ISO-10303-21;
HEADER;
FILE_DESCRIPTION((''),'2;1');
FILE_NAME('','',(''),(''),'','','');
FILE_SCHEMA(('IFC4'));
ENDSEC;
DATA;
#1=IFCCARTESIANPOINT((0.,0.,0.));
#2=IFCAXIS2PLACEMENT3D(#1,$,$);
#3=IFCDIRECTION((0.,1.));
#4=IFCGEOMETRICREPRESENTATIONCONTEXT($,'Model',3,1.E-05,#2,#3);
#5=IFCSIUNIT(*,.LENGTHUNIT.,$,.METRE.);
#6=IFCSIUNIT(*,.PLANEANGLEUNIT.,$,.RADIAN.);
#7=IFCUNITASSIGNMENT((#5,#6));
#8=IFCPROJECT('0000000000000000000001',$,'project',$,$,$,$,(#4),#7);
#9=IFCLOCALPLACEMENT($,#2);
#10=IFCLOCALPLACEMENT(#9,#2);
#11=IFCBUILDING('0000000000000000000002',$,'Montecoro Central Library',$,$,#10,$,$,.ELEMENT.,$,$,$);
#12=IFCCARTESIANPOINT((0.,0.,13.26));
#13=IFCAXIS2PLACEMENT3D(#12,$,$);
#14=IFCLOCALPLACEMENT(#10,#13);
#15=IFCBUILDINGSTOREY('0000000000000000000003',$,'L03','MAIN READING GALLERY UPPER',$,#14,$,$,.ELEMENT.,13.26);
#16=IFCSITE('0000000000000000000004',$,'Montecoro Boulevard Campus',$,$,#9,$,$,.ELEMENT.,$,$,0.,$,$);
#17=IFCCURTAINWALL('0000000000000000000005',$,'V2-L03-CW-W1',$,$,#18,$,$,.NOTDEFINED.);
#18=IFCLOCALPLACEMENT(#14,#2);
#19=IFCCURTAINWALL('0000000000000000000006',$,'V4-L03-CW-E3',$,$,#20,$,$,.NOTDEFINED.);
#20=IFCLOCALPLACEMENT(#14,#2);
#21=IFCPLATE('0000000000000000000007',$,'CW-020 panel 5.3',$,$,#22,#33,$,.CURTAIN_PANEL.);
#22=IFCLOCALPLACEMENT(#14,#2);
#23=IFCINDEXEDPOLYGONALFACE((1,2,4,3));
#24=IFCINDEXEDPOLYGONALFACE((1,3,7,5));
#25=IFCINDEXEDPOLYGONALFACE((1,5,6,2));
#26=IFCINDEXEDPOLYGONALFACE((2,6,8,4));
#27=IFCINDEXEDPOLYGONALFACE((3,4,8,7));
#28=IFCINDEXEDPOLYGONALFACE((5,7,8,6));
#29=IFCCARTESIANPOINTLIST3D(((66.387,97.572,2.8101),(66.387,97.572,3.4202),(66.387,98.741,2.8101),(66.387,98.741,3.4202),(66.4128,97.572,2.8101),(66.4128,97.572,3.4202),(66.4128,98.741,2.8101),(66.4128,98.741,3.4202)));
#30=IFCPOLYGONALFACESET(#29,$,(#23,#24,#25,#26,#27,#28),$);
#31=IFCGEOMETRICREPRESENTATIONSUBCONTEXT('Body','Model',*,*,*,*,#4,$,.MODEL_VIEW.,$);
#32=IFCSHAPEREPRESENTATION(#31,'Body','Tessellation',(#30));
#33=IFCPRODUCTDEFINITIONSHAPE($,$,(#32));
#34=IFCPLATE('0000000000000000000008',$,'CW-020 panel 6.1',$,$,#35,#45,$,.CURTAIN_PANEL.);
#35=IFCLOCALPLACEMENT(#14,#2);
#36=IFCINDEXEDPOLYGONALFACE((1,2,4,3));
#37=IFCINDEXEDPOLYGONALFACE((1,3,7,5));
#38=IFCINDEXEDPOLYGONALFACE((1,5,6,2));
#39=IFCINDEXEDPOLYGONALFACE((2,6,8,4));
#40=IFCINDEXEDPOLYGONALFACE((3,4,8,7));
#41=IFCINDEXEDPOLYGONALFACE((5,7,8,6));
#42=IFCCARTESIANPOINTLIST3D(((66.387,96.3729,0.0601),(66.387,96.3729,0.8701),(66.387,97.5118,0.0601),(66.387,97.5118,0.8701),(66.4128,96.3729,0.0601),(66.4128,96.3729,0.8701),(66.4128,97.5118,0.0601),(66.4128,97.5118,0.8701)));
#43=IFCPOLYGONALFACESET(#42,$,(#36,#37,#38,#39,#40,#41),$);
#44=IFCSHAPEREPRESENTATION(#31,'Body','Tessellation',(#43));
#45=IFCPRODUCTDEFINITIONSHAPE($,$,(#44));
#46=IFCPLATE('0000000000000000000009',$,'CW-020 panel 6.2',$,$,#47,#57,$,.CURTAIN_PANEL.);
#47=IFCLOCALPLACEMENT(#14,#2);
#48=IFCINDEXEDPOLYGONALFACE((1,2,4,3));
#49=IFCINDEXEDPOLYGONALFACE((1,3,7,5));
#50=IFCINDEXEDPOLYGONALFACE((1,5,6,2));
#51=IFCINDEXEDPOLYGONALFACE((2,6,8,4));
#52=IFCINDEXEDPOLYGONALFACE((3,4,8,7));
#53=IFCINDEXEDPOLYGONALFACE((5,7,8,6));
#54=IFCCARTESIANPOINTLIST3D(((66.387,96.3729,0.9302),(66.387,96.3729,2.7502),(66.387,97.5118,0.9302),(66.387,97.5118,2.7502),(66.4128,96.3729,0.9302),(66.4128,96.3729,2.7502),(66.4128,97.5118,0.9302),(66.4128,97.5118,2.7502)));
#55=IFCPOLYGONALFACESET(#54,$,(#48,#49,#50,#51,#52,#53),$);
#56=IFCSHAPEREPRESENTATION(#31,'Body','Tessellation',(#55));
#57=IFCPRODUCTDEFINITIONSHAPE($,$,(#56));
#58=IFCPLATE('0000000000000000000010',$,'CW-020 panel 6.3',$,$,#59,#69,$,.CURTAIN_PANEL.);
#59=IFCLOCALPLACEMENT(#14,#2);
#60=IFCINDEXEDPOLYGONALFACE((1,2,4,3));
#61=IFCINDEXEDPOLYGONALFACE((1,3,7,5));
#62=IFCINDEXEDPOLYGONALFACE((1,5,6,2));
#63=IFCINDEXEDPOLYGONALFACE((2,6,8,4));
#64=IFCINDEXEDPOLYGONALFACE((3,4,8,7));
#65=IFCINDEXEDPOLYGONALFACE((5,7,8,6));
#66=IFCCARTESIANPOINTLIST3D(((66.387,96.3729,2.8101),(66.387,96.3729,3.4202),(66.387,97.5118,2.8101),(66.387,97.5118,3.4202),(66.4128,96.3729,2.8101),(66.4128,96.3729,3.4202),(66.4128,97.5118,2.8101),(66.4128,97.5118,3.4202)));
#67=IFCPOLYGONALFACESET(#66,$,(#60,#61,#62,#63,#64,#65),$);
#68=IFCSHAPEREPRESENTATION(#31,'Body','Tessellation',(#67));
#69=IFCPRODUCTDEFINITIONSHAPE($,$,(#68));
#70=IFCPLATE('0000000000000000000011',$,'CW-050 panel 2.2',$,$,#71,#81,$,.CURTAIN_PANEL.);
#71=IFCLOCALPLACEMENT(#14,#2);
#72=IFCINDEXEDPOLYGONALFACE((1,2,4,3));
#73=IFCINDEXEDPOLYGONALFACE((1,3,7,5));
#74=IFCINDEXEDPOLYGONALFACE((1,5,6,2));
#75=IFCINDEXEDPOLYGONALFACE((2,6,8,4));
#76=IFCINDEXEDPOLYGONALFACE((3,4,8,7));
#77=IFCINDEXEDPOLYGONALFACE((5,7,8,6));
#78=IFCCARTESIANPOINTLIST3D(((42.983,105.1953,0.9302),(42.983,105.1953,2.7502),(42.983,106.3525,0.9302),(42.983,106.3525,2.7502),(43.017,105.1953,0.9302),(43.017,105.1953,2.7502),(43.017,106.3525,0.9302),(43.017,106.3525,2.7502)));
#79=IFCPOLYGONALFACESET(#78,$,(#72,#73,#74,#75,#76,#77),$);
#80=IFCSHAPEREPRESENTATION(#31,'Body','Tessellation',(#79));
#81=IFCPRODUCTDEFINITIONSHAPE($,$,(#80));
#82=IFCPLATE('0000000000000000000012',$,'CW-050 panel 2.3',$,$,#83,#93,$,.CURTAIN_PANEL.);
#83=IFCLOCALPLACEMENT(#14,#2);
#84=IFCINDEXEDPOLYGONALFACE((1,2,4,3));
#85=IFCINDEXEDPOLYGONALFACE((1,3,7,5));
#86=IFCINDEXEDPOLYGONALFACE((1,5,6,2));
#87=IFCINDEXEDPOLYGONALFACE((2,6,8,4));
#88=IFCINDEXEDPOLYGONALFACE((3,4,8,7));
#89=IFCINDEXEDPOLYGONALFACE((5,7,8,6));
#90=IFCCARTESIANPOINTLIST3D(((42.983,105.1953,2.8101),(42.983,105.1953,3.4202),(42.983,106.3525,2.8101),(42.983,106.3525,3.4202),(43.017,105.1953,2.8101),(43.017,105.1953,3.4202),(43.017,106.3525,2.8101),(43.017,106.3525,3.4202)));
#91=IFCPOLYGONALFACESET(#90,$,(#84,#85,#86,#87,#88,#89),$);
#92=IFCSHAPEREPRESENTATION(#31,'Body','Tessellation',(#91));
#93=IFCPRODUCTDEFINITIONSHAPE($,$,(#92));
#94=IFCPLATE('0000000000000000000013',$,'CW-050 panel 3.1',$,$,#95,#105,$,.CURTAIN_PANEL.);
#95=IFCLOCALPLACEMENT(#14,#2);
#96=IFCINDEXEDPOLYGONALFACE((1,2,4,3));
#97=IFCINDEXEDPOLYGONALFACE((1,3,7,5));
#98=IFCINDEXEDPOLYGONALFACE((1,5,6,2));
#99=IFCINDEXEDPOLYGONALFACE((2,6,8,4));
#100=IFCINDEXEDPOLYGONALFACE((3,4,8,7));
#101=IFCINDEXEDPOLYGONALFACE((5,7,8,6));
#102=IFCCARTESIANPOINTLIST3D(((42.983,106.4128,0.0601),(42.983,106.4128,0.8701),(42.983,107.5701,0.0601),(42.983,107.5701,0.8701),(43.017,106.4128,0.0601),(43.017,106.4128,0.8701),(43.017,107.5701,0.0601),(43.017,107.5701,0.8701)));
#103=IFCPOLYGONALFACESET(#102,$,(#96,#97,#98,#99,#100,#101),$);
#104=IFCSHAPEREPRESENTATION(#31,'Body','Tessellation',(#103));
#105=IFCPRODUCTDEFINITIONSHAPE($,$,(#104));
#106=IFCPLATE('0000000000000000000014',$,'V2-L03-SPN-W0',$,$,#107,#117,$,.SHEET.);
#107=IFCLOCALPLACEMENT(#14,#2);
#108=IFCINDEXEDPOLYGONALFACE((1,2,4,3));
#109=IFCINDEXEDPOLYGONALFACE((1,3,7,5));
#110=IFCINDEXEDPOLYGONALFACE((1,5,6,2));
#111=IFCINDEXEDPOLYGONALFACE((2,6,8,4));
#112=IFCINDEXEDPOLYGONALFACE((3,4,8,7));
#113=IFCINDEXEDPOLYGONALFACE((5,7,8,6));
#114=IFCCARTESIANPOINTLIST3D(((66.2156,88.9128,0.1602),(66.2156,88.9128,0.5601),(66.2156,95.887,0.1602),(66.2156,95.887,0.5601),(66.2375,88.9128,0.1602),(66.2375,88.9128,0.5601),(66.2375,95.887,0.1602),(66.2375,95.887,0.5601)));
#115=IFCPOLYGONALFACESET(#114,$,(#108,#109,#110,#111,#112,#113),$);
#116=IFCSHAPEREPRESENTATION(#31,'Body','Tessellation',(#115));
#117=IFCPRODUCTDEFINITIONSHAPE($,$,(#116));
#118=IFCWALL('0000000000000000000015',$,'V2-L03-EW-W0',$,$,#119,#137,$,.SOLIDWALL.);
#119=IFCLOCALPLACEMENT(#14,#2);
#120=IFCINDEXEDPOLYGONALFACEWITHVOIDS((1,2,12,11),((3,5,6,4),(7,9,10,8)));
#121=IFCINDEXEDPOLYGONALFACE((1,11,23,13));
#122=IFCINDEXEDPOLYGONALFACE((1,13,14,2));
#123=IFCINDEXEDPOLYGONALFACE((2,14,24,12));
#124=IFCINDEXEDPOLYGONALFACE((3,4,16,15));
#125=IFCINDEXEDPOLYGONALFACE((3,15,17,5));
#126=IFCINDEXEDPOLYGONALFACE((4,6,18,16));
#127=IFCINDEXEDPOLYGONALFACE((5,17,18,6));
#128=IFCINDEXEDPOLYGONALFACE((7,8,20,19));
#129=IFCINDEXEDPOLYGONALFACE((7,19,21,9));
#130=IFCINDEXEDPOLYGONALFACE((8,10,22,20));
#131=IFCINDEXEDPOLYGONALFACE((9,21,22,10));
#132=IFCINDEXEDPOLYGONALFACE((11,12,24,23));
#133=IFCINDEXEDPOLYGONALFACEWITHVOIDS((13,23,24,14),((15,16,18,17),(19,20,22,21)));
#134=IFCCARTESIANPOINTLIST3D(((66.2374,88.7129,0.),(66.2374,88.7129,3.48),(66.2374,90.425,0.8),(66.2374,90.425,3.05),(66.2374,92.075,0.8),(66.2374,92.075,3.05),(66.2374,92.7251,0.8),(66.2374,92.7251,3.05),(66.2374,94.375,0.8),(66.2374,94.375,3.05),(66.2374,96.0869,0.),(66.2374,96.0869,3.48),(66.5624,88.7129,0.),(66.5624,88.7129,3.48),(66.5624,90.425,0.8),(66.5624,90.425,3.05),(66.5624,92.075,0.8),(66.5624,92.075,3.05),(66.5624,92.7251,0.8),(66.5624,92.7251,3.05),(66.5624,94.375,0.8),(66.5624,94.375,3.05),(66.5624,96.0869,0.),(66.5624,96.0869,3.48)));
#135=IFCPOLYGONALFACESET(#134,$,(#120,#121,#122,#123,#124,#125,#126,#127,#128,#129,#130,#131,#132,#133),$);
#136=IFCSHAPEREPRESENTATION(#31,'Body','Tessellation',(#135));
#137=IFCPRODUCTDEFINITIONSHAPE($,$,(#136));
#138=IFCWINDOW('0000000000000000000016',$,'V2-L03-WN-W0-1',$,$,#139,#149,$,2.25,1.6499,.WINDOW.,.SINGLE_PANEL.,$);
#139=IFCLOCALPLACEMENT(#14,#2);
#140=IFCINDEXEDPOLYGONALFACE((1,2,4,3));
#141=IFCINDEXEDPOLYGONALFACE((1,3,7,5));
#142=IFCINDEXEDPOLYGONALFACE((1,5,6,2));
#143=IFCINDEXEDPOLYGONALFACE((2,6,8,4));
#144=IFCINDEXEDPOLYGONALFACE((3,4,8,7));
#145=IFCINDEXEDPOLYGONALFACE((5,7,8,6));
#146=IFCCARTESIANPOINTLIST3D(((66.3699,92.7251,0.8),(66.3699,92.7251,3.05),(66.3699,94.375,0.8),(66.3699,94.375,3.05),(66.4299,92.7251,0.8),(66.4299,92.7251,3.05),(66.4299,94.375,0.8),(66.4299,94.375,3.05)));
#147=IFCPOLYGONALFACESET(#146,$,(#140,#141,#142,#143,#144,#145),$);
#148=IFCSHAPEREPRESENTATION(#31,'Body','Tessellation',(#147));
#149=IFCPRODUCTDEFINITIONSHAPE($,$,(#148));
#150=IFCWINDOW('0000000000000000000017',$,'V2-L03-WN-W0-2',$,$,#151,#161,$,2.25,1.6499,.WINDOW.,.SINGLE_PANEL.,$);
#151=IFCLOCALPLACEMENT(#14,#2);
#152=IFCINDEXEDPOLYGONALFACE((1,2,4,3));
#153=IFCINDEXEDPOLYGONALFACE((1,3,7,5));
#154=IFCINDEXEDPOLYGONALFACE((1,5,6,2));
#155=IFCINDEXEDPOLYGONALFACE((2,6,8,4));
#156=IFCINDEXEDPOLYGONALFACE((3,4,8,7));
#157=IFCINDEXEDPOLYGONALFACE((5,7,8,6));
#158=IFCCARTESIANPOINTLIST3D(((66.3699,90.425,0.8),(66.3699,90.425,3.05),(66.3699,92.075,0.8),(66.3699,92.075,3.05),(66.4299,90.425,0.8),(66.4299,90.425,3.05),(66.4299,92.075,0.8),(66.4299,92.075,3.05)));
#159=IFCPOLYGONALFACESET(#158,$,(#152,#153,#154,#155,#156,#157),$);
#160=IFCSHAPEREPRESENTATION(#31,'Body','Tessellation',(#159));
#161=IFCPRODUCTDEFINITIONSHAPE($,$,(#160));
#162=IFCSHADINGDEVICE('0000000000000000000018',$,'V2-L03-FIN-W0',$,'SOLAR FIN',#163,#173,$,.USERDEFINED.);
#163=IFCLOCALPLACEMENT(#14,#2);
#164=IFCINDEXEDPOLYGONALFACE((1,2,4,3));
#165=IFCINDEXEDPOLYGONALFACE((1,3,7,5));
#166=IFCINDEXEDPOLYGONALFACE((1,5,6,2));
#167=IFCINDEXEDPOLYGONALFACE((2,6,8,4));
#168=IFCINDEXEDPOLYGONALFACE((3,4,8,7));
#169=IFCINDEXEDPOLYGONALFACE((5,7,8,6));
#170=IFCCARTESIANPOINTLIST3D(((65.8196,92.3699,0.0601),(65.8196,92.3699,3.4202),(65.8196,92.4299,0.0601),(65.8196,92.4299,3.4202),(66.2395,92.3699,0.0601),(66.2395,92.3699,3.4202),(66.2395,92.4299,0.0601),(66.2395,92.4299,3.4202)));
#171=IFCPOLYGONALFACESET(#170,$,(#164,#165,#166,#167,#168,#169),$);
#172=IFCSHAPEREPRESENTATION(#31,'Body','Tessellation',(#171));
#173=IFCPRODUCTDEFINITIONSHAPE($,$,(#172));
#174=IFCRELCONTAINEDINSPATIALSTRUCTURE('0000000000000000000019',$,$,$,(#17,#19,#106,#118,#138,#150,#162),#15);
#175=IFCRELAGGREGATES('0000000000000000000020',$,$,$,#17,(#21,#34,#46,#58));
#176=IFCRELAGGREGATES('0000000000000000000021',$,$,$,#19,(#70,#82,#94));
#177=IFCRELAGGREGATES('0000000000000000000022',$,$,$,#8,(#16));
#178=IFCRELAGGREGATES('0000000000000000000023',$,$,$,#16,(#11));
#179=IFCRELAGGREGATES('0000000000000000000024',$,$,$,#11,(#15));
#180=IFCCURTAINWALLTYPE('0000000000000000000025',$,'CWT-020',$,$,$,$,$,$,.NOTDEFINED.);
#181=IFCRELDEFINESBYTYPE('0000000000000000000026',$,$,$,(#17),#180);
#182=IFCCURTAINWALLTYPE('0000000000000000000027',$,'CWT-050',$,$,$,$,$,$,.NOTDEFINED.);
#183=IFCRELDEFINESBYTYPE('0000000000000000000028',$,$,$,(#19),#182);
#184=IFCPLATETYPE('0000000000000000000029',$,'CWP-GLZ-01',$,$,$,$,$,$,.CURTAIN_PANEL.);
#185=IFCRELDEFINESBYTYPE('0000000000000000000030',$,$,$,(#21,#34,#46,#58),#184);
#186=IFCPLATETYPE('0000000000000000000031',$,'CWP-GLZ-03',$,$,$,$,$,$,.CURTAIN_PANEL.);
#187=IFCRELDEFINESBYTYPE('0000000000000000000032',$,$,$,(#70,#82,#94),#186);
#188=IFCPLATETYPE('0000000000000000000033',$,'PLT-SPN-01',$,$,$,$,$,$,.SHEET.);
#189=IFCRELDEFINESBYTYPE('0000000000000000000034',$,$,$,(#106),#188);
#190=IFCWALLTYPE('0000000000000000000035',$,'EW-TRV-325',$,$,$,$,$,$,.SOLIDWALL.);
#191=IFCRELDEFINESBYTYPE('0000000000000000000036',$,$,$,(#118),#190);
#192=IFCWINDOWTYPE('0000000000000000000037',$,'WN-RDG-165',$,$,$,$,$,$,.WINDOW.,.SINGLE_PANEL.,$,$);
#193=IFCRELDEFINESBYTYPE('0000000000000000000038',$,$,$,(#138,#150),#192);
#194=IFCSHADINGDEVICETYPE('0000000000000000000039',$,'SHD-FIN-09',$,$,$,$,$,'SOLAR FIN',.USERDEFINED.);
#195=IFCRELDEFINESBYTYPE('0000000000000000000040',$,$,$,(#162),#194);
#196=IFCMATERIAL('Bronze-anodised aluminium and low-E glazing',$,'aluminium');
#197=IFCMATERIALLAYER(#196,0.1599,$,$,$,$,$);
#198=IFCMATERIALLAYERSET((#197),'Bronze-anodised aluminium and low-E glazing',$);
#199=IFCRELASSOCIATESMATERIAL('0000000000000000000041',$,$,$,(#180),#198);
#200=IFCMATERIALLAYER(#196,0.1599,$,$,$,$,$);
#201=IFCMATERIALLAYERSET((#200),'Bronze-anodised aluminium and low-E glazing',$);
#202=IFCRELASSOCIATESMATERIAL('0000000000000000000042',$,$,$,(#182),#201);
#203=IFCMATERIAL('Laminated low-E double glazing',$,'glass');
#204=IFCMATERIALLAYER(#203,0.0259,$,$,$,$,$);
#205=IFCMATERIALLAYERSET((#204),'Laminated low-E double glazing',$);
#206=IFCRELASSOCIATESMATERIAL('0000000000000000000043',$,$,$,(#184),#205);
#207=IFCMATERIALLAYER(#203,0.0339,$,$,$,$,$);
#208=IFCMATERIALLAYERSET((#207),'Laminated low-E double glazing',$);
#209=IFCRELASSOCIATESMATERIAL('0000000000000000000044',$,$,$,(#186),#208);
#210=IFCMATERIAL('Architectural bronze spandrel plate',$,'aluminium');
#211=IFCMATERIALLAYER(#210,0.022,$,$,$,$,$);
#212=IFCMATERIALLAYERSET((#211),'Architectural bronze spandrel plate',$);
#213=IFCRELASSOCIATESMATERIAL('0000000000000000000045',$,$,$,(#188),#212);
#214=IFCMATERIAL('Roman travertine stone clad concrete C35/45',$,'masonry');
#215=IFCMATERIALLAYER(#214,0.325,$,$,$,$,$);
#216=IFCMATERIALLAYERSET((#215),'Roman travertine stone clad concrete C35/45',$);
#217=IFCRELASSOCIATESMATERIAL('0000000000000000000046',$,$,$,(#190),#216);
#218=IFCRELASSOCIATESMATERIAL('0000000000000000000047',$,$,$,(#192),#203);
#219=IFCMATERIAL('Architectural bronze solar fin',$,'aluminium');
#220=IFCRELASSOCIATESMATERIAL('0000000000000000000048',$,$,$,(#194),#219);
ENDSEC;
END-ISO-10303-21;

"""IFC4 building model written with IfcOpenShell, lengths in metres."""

from ifc_helpers import new_model, si_unit, direction, frame, frame_2d, origin, origin_2d, place, context, subcontext, project, spatial, rectangle, extrude, material, layer, layer_set, type_object, element, fill, aggregate, save


model = new_model("IFC4")

# Units and contexts
model_context = context("Model", 3, precision=1e-05, world=origin(), true_north=direction((0.0, 1.0)))
body_context = subcontext(model_context, "Body", "Model", "MODEL_VIEW")
ifc_project = project(units=[si_unit("LENGTHUNIT", "METRE"), si_unit("PLANEANGLEUNIT", "RADIAN")], contexts=[model_context])

# Site, building, storey
site_placement = place(None, origin())
site = spatial("IfcSite", under=ifc_project, at=site_placement, Name="Montecoro Boulevard Campus", CompositionType="ELEMENT", RefElevation=0.0)
building_placement = place(site_placement, origin())
building = spatial("IfcBuilding", under=site, at=building_placement, Name="Montecoro Central Library", CompositionType="ELEMENT")
storey_placement = place(building_placement, frame((0.0, 0.0, 13.26)))
storey = spatial("IfcBuildingStorey", under=building, at=storey_placement, Name="L03", Description="MAIN READING GALLERY UPPER", CompositionType="ELEMENT", Elevation=13.26)

# Curtain wall
ifc_material_1 = material(Name="Bronze-anodised aluminium and low-E glazing", Category="aluminium")
ifc_layer_1 = layer(ifc_material_1, 0.1599)
ifc_layer_set_1 = layer_set([ifc_layer_1], Name="Bronze-anodised aluminium and low-E glazing")
curtain_wall_type_1 = type_object("IfcCurtainWallType", Name="CWT-020", PredefinedType="NOTDEFINED", material=ifc_layer_set_1)
curtain_wall_1_placement = place(storey_placement, origin())
curtain_wall_1 = element("IfcCurtainWall", 1, at=curtain_wall_1_placement, inside=storey, type_object=curtain_wall_type_1, Name="V2-L03-CW-W1", PredefinedType="NOTDEFINED")

# Curtain wall
ifc_layer_2 = layer(ifc_material_1, 0.1599)
ifc_layer_set_2 = layer_set([ifc_layer_2], Name="Bronze-anodised aluminium and low-E glazing")
curtain_wall_type_2 = type_object("IfcCurtainWallType", Name="CWT-050", PredefinedType="NOTDEFINED", material=ifc_layer_set_2)
curtain_wall_2_placement = place(storey_placement, origin())
curtain_wall_2 = element("IfcCurtainWall", 2, at=curtain_wall_2_placement, inside=storey, type_object=curtain_wall_type_2, Name="V4-L03-CW-E3", PredefinedType="NOTDEFINED")

# Plates
ifc_material_2 = material(Name="Laminated low-E double glazing", Category="glass")
ifc_layer_3 = layer(ifc_material_2, 0.0259)
ifc_layer_set_3 = layer_set([ifc_layer_3], Name="Laminated low-E double glazing")
plate_type_1 = type_object("IfcPlateType", Name="CWP-GLZ-01", PredefinedType="CURTAIN_PANEL", material=ifc_layer_set_3)
plate_1_placement = place(storey_placement, frame((66.3999, 98.1565, 2.8101), z_axis=(0.0, 0.0, 1.0), x_axis=(0.0, -1.0, 0.0)))
plate_1 = element("IfcPlate", 3, at=plate_1_placement, type_object=plate_type_1, Name="CW-020 panel 5.3", PredefinedType="CURTAIN_PANEL", context=body_context, shape_type="SweptSolid", body=[
    extrude(rectangle(XDim=1.1689, YDim=0.0259, at=origin_2d()), origin(), (0.0, 0.0, 1.0), 0.6101),
])
plate_2_placement = place(storey_placement, frame((66.3999, 96.9424, 0.0601), z_axis=(0.0, 0.0, 1.0), x_axis=(0.0, -1.0, 0.0)))
plate_2 = element("IfcPlate", 4, at=plate_2_placement, type_object=plate_type_1, Name="CW-020 panel 6.1", PredefinedType="CURTAIN_PANEL", context=body_context, shape_type="SweptSolid", body=[
    extrude(rectangle(XDim=1.1389, YDim=0.0259, at=origin_2d()), origin(), (0.0, 0.0, 1.0), 0.8101),
])
plate_3_placement = place(storey_placement, frame((66.3999, 96.9424, 0.9302), z_axis=(0.0, 0.0, 1.0), x_axis=(0.0, -1.0, 0.0)))
plate_3 = element("IfcPlate", 5, at=plate_3_placement, type_object=plate_type_1, Name="CW-020 panel 6.2", PredefinedType="CURTAIN_PANEL", context=body_context, shape_type="SweptSolid", body=[
    extrude(rectangle(XDim=1.1389, YDim=0.0259, at=origin_2d()), origin(), (0.0, 0.0, 1.0), 1.8201),
])
plate_4_placement = place(storey_placement, frame((66.3999, 96.9424, 2.8101), z_axis=(0.0, 0.0, 1.0), x_axis=(0.0, -1.0, 0.0)))
plate_4 = element("IfcPlate", 6, at=plate_4_placement, type_object=plate_type_1, Name="CW-020 panel 6.3", PredefinedType="CURTAIN_PANEL", context=body_context, shape_type="SweptSolid", body=[
    extrude(rectangle(XDim=1.1389, YDim=0.0259, at=origin_2d()), origin(), (0.0, 0.0, 1.0), 0.6101),
])
aggregate(curtain_wall_1, [plate_1, plate_2, plate_3, plate_4])
ifc_layer_4 = layer(ifc_material_2, 0.0339)
ifc_layer_set_4 = layer_set([ifc_layer_4], Name="Laminated low-E double glazing")
plate_type_2 = type_object("IfcPlateType", Name="CWP-GLZ-03", PredefinedType="CURTAIN_PANEL", material=ifc_layer_set_4)
plate_5_placement = place(storey_placement, frame((43.0, 105.7739, 0.9302), z_axis=(0.0, 0.0, 1.0), x_axis=(0.0, 1.0, 0.0)))
plate_5 = element("IfcPlate", 7, at=plate_5_placement, type_object=plate_type_2, Name="CW-050 panel 2.2", PredefinedType="CURTAIN_PANEL", context=body_context, shape_type="SweptSolid", body=[
    extrude(rectangle(XDim=1.1572, YDim=0.0339, at=origin_2d()), origin(), (0.0, 0.0, 1.0), 1.8201),
])
plate_6_placement = place(storey_placement, frame((43.0, 105.7739, 2.8101), z_axis=(0.0, 0.0, 1.0), x_axis=(0.0, 1.0, 0.0)))
plate_6 = element("IfcPlate", 8, at=plate_6_placement, type_object=plate_type_2, Name="CW-050 panel 2.3", PredefinedType="CURTAIN_PANEL", context=body_context, shape_type="SweptSolid", body=[
    extrude(rectangle(XDim=1.1572, YDim=0.0339, at=origin_2d()), origin(), (0.0, 0.0, 1.0), 0.6101),
])
plate_7_placement = place(storey_placement, frame((43.0, 106.9915, 0.0601), z_axis=(0.0, 0.0, 1.0), x_axis=(0.0, 1.0, 0.0)))
plate_7 = element("IfcPlate", 9, at=plate_7_placement, type_object=plate_type_2, Name="CW-050 panel 3.1", PredefinedType="CURTAIN_PANEL", context=body_context, shape_type="SweptSolid", body=[
    extrude(rectangle(XDim=1.1572, YDim=0.0339, at=origin_2d()), origin(), (0.0, 0.0, 1.0), 0.8101),
])
aggregate(curtain_wall_2, [plate_5, plate_6, plate_7])
ifc_material_3 = material(Name="Architectural bronze spandrel plate", Category="aluminium")
ifc_layer_5 = layer(ifc_material_3, 0.022)
ifc_layer_set_5 = layer_set([ifc_layer_5], Name="Architectural bronze spandrel plate")
plate_type_3 = type_object("IfcPlateType", Name="PLT-SPN-01", PredefinedType="SHEET", material=ifc_layer_set_5)
plate_8_placement = place(storey_placement, frame((66.2266, 92.3999, 0.1602), z_axis=(0.0, 0.0, 1.0), x_axis=(0.0, -1.0, 0.0)))
element("IfcPlate", 10, at=plate_8_placement, inside=storey, type_object=plate_type_3, Name="V2-L03-SPN-W0", PredefinedType="SHEET", context=body_context, shape_type="SweptSolid", body=[
    extrude(rectangle(XDim=6.9741, YDim=0.022, at=origin_2d()), origin(), (0.0, 0.0, 1.0), 0.3999),
])

# Wall, openings, windows
ifc_material_4 = material(Name="Roman travertine stone clad concrete C35/45", Category="masonry")
ifc_layer_6 = layer(ifc_material_4, 0.325)
ifc_layer_set_6 = layer_set([ifc_layer_6], Name="Roman travertine stone clad concrete C35/45")
wall_type = type_object("IfcWallType", Name="EW-TRV-325", PredefinedType="SOLIDWALL", material=ifc_layer_set_6)
wall_placement = place(storey_placement, frame((66.3999, 96.0869, 0.0), z_axis=(0.0, 0.0, 1.0), x_axis=(0.0, -1.0, 0.0)))
wall = element("IfcWall", 11, at=wall_placement, inside=storey, type_object=wall_type, Name="V2-L03-EW-W0", PredefinedType="SOLIDWALL", context=body_context, shape_type="SweptSolid", body=[
    extrude(rectangle(XDim=7.374, YDim=0.325, at=frame_2d((3.687, 0.0))), origin(), (0.0, 0.0, 1.0), 3.48),
])
opening_1_placement = place(wall_placement, frame((1.7119, 0.0, 0.8)))
opening_1 = element("IfcOpeningElement", 12, at=opening_1_placement, cuts=wall, PredefinedType="OPENING", context=body_context, shape_type="SweptSolid", body=[
    extrude(rectangle(XDim=1.6499, YDim=2.25, at=frame_2d((0.825, 1.125))), frame((0.0, 0.1724, 0.0), z_axis=(0.0, -1.0, 0.0), x_axis=(1.0, 0.0, 0.0)), (0.0, 0.0, 1.0), 0.345),
])
opening_2_placement = place(wall_placement, frame((4.012, 0.0, 0.8)))
opening_2 = element("IfcOpeningElement", 13, at=opening_2_placement, cuts=wall, PredefinedType="OPENING", context=body_context, shape_type="SweptSolid", body=[
    extrude(rectangle(XDim=1.6499, YDim=2.25, at=frame_2d((0.825, 1.125))), frame((0.0, 0.1724, 0.0), z_axis=(0.0, -1.0, 0.0), x_axis=(1.0, 0.0, 0.0)), (0.0, 0.0, 1.0), 0.345),
])
window_type = type_object("IfcWindowType", Name="WN-RDG-165", PartitioningType="SINGLE_PANEL", PredefinedType="WINDOW", material=ifc_material_2)
window_1_placement = place(opening_1_placement, origin())
window_1 = element("IfcWindow", 14, at=window_1_placement, inside=storey, type_object=window_type, Name="V2-L03-WN-W0-1", OverallHeight=2.25, OverallWidth=1.6499, PartitioningType="SINGLE_PANEL", PredefinedType="WINDOW", context=body_context, shape_type="SweptSolid", body=[
    extrude(rectangle(XDim=1.6499, YDim=2.25, at=frame_2d((0.825, 1.125))), frame((0.0, 0.03, 0.0), z_axis=(0.0, -1.0, 0.0), x_axis=(1.0, 0.0, 0.0)), (0.0, 0.0, 1.0), 0.0601),
])
fill(opening_1, window_1)
window_2_placement = place(opening_2_placement, origin())
window_2 = element("IfcWindow", 15, at=window_2_placement, inside=storey, type_object=window_type, Name="V2-L03-WN-W0-2", OverallHeight=2.25, OverallWidth=1.6499, PartitioningType="SINGLE_PANEL", PredefinedType="WINDOW", context=body_context, shape_type="SweptSolid", body=[
    extrude(rectangle(XDim=1.6499, YDim=2.25, at=frame_2d((0.825, 1.125))), frame((0.0, 0.03, 0.0), z_axis=(0.0, -1.0, 0.0), x_axis=(1.0, 0.0, 0.0)), (0.0, 0.0, 1.0), 0.0601),
])
fill(opening_2, window_2)

# Shading device
ifc_material_5 = material(Name="Architectural bronze solar fin", Category="aluminium")
shading_device_type = type_object("IfcShadingDeviceType", Name="SHD-FIN-09", ElementType="SOLAR FIN", PredefinedType="USERDEFINED", material=ifc_material_5)
shading_device_placement = place(storey_placement, frame((66.0295, 92.3999, 0.0601), z_axis=(0.0, 0.0, 1.0), x_axis=(0.0, -1.0, 0.0)))
element("IfcShadingDevice", 16, at=shading_device_placement, inside=storey, type_object=shading_device_type, Name="V2-L03-FIN-W0", ObjectType="SOLAR FIN", PredefinedType="USERDEFINED", context=body_context, shape_type="SweptSolid", body=[
    extrude(rectangle(XDim=0.0601, YDim=0.4199, at=origin_2d()), origin(), (0.0, 0.0, 1.0), 3.3601),
])

save(model, "model.ifc")
